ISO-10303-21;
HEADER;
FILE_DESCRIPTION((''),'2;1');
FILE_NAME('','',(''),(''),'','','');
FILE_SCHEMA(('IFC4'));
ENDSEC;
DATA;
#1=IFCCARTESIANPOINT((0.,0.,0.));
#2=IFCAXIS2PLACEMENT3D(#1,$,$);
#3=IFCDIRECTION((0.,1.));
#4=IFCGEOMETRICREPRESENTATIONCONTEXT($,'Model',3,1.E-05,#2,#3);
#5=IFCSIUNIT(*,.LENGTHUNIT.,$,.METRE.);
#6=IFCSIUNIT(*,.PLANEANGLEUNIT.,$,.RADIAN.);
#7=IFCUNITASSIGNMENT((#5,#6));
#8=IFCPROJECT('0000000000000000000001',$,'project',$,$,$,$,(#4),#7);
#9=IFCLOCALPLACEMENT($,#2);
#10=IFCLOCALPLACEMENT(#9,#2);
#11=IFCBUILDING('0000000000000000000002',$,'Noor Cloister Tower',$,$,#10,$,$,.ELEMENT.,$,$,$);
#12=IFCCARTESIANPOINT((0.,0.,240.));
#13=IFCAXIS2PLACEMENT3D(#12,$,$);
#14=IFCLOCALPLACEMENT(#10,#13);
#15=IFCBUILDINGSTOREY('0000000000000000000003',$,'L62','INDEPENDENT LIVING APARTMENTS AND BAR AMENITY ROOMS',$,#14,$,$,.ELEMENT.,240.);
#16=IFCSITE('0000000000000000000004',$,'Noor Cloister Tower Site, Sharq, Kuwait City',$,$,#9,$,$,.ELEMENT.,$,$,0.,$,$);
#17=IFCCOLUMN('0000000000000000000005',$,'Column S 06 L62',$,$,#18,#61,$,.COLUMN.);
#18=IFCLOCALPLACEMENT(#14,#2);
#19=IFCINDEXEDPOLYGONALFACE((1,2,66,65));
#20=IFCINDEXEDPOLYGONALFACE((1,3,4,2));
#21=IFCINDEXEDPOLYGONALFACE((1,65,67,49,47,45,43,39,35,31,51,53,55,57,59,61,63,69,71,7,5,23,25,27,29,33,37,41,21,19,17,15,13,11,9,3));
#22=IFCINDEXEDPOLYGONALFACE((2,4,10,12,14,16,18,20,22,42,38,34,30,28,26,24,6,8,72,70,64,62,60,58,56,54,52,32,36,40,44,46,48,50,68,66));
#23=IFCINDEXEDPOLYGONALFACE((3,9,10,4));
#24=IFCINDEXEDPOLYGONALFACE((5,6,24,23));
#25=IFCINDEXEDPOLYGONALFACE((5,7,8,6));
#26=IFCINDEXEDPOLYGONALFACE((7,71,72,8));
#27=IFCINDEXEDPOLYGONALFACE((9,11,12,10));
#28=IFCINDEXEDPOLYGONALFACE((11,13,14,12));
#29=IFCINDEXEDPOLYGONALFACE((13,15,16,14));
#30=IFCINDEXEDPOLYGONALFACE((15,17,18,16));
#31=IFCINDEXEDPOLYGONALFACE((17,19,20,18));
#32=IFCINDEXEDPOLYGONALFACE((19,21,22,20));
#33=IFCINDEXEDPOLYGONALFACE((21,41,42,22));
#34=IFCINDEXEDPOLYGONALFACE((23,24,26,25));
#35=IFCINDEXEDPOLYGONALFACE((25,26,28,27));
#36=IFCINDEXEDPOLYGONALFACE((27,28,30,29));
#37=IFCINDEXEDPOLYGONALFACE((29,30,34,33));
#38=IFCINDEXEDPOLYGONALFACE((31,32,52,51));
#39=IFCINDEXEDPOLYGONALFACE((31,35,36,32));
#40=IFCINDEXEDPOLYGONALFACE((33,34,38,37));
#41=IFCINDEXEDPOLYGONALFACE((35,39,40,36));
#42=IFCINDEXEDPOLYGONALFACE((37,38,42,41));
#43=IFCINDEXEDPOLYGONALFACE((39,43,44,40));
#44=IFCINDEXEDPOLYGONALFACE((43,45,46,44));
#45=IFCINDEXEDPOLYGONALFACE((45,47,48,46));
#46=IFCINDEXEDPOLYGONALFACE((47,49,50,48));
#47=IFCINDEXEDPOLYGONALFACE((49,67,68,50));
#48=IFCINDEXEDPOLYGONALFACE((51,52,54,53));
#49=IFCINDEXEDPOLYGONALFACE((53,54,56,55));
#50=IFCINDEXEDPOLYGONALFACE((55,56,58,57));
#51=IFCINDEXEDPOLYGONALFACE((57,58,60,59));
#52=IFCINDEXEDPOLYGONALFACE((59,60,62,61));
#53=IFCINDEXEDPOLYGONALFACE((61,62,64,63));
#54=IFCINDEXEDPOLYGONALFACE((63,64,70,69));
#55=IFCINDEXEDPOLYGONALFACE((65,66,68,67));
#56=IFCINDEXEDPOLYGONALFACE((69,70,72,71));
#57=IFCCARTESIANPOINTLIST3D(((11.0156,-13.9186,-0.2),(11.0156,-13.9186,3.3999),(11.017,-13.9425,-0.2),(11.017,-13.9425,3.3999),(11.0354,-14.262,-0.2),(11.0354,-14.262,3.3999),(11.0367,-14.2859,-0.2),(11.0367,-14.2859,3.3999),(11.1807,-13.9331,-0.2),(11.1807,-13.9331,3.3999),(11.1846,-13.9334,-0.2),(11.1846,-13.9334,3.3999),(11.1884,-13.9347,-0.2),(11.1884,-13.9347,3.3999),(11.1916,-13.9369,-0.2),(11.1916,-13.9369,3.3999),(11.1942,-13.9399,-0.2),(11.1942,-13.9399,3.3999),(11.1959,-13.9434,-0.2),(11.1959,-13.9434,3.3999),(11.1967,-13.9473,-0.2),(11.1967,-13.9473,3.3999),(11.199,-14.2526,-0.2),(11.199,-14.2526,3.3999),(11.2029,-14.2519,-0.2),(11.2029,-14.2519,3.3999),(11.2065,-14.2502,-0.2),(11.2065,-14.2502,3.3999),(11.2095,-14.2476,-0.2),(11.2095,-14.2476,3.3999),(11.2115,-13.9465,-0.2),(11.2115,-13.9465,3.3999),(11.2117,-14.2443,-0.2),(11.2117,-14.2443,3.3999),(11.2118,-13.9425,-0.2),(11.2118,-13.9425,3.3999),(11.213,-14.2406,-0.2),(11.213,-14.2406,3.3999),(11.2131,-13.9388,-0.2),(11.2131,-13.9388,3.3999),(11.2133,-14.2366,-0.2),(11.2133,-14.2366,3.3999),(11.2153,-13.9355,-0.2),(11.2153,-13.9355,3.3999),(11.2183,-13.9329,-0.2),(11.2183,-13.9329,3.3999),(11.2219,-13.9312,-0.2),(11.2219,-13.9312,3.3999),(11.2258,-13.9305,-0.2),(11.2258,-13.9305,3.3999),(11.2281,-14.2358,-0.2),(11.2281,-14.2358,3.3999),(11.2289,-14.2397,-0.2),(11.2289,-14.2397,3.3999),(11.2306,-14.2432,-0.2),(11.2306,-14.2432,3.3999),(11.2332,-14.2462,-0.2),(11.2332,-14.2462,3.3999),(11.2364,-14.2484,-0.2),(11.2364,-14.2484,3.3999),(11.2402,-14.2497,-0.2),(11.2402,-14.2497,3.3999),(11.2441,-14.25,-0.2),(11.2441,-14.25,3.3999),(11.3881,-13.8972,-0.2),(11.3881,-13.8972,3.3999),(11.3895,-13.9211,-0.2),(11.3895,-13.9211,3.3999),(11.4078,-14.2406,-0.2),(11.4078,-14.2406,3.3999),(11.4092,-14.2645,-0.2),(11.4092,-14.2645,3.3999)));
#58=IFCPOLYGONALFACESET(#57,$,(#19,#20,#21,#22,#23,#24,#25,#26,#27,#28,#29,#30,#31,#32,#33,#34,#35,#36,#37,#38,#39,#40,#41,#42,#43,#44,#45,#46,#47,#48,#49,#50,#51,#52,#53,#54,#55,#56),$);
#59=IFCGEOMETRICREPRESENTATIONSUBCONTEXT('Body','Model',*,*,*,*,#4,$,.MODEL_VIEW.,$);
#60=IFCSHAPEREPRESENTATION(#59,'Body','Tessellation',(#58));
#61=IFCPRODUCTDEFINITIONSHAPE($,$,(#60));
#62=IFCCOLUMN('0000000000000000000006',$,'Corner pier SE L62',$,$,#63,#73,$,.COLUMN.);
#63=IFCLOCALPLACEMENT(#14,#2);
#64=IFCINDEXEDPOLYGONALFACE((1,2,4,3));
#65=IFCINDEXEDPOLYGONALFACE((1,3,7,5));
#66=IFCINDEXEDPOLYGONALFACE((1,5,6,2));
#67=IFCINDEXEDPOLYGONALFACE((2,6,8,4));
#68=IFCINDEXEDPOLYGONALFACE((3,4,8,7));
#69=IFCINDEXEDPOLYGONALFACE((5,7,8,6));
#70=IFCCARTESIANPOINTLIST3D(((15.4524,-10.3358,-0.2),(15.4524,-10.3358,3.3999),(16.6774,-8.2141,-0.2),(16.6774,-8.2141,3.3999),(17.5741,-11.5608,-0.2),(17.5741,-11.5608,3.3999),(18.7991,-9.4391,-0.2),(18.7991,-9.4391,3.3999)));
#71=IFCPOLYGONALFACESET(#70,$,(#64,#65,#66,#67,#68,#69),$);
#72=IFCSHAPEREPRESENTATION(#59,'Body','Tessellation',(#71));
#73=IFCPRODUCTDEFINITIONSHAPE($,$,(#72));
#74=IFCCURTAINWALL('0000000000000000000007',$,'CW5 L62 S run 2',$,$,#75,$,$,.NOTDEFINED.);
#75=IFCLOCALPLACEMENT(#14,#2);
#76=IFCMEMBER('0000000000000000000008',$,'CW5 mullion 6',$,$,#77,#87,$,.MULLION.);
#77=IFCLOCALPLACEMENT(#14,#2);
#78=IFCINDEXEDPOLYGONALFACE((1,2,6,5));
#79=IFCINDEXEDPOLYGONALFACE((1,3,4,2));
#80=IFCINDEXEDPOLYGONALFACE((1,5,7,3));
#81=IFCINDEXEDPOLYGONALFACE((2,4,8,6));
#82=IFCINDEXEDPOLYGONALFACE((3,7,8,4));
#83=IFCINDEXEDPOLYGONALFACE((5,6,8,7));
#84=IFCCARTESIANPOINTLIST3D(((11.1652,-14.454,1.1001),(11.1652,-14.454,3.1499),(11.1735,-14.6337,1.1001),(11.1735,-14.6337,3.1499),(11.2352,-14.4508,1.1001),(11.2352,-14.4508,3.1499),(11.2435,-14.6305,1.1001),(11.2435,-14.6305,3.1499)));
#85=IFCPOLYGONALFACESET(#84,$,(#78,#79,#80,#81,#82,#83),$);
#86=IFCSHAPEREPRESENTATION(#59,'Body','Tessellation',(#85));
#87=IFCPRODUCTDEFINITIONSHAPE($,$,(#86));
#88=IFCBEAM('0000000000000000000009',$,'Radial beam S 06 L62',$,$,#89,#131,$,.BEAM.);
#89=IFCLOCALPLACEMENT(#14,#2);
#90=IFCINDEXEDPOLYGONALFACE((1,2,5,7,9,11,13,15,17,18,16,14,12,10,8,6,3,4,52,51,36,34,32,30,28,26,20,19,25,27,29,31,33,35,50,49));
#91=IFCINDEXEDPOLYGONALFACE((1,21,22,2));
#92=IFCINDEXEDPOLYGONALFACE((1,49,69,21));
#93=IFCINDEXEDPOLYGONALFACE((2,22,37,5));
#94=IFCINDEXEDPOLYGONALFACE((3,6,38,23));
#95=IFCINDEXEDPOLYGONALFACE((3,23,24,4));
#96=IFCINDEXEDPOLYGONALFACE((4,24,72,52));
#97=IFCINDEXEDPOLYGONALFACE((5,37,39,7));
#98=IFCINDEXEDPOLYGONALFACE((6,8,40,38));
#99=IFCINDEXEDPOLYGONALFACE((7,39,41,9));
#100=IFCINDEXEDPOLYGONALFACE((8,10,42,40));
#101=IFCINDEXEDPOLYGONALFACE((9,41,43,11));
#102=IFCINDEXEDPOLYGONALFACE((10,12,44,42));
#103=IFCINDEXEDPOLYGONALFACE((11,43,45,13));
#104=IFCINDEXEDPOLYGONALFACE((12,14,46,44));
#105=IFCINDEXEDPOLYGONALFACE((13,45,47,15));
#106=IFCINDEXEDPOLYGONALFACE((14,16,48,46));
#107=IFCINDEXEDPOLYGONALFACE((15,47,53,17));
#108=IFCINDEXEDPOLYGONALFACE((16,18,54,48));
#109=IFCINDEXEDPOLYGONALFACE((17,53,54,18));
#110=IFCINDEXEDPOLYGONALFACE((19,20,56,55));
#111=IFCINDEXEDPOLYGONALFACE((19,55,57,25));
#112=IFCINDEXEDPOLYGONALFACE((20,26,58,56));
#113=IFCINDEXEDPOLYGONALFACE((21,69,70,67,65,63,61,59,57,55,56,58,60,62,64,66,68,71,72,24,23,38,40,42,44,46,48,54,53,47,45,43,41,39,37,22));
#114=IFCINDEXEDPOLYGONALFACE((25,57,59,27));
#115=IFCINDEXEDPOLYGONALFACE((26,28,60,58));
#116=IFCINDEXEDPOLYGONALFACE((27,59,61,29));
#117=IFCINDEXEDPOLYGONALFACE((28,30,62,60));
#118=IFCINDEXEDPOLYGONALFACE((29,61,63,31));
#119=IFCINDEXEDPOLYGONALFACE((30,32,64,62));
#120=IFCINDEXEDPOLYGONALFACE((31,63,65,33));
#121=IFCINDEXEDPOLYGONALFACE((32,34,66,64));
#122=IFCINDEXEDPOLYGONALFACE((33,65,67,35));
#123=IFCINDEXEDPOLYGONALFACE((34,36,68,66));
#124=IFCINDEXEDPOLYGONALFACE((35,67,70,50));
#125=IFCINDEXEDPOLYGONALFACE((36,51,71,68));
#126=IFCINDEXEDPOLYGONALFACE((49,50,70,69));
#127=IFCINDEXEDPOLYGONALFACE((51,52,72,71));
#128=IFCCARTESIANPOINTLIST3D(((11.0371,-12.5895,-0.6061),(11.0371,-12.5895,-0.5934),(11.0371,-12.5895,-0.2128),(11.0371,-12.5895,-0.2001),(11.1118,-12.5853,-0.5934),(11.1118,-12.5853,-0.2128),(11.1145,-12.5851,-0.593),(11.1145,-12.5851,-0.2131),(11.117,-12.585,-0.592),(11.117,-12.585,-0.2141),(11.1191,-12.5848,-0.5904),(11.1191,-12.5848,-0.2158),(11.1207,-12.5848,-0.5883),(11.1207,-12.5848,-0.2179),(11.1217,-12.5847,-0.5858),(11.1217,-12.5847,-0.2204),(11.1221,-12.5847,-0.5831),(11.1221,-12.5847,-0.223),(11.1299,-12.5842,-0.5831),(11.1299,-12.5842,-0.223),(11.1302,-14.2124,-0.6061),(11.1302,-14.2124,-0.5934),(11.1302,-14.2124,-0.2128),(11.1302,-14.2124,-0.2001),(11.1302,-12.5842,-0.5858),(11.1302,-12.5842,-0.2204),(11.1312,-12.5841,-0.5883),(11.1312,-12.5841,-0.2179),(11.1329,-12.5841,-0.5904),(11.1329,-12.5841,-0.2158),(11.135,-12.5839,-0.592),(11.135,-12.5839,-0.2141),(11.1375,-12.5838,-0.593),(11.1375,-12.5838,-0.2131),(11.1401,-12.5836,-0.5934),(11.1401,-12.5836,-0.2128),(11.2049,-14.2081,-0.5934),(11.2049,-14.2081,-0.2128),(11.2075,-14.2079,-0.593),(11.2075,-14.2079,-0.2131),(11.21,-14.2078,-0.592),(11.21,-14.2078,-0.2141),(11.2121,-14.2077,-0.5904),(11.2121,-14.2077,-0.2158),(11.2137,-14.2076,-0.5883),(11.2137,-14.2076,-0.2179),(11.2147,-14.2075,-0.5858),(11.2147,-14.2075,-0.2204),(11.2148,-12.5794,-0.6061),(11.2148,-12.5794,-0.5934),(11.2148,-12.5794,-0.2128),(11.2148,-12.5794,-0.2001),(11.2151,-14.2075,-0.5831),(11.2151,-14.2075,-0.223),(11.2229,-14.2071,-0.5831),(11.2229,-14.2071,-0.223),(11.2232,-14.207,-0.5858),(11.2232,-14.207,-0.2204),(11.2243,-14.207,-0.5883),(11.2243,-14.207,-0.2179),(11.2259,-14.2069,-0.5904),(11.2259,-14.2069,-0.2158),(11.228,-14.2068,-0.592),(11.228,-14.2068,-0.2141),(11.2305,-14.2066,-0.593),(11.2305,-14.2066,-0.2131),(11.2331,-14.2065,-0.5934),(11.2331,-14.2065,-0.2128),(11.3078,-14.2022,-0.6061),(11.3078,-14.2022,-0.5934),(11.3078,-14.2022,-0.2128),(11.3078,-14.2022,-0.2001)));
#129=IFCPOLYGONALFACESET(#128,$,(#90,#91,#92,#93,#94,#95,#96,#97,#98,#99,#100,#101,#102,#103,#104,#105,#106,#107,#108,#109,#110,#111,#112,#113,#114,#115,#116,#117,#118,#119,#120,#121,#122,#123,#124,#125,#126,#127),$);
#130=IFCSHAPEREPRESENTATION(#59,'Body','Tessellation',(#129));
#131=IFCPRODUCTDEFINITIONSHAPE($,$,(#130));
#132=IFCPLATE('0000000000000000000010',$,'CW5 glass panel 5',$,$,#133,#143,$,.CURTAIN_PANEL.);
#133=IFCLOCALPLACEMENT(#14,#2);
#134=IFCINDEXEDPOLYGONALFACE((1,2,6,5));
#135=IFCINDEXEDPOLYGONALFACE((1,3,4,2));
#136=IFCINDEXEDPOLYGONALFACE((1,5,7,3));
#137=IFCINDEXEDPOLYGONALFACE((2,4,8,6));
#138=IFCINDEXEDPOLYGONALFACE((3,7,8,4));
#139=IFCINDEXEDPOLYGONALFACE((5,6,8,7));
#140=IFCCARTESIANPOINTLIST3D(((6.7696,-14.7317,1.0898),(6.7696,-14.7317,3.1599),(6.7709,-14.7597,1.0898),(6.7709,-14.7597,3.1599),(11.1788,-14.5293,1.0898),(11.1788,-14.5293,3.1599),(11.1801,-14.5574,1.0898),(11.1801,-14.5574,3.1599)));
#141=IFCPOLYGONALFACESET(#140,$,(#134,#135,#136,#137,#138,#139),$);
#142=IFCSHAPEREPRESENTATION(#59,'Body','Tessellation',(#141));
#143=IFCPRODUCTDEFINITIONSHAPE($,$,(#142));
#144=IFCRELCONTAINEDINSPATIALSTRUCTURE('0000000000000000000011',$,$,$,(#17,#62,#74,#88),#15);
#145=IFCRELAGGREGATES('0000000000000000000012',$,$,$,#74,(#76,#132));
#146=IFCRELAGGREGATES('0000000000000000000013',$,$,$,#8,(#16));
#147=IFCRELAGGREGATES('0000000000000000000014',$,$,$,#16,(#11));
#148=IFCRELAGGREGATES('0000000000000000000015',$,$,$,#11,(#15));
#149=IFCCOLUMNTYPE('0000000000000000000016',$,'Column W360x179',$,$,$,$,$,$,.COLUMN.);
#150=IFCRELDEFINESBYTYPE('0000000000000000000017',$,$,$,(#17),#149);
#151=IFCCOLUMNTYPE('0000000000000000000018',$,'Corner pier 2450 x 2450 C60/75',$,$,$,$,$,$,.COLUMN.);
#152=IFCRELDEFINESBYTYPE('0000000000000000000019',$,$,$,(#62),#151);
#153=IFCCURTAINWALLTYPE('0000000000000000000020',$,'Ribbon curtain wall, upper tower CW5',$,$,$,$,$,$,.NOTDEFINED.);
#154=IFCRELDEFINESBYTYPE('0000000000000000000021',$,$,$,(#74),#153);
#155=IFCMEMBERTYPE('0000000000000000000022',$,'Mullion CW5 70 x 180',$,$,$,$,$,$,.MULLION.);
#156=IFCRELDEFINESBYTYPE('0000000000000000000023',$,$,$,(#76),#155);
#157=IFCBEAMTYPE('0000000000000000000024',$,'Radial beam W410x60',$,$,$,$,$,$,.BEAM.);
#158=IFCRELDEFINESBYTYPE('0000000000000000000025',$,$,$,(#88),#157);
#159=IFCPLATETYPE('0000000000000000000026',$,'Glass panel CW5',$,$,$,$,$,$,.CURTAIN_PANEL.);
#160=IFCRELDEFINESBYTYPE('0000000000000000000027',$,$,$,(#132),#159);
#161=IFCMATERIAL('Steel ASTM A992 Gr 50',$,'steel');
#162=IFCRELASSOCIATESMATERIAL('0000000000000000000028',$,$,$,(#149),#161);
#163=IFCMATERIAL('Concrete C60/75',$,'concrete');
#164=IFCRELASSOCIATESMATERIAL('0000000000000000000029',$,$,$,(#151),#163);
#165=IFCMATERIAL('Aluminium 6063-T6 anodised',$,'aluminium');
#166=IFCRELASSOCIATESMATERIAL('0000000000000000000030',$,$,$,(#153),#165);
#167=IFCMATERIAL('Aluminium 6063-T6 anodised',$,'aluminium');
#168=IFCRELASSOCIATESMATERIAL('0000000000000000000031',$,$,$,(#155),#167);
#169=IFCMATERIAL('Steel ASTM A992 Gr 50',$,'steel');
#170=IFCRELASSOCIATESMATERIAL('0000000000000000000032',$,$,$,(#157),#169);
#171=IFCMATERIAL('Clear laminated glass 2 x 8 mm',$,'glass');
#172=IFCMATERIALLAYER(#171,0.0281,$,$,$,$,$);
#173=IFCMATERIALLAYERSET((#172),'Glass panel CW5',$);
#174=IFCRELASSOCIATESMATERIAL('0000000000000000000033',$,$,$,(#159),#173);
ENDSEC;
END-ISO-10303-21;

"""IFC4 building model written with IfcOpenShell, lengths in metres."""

from ifc_helpers import new_model, si_unit, direction, frame, origin, origin_2d, place, context, subcontext, project, spatial, rectangle, i_section, extrude, material, layer, layer_set, material_profile, profile_set, type_object, element, aggregate, save


model = new_model("IFC4")

# Units and contexts
model_context = context("Model", 3, precision=1e-05, world=origin(), true_north=direction((0.0, 1.0)))
body_context = subcontext(model_context, "Body", "Model", "MODEL_VIEW")
ifc_project = project(units=[si_unit("LENGTHUNIT", "METRE"), si_unit("PLANEANGLEUNIT", "RADIAN")], contexts=[model_context])

# Site, building, storey
site_placement = place(None, origin())
site = spatial("IfcSite", under=ifc_project, at=site_placement, Name="Noor Cloister Tower Site, Sharq, Kuwait City", CompositionType="ELEMENT", RefElevation=0.0)
building_placement = place(site_placement, origin())
building = spatial("IfcBuilding", under=site, at=building_placement, Name="Noor Cloister Tower", CompositionType="ELEMENT")
storey_placement = place(building_placement, frame((0.0, 0.0, 240.0)))
storey = spatial("IfcBuildingStorey", under=building, at=storey_placement, Name="L62", Description="INDEPENDENT LIVING APARTMENTS AND BAR AMENITY ROOMS", CompositionType="ELEMENT", Elevation=240.0)

# Columns
ifc_material_1 = material(Name="Steel ASTM A992 Gr 50", Category="steel")
ifc_material_profile_1 = material_profile(ifc_material_1, i_section(OverallWidth=0.373, OverallDepth=0.3679, WebThickness=0.0149, FlangeThickness=0.0239, FilletRadius=0.0151, at=origin_2d()), Name="W360x179")
ifc_profile_set_1 = profile_set([ifc_material_profile_1], Name="Steel ASTM A992 Gr 50")
column_type_1 = type_object("IfcColumnType", Name="Column W360x179", PredefinedType="COLUMN", material=ifc_profile_set_1)
column_1_placement = place(storey_placement, frame((11.2124, -14.0916, -0.2), z_axis=(0.0, 0.0, 1.0), x_axis=(0.998358, 0.057286, 0.0)))
element("IfcColumn", 1, at=column_1_placement, inside=storey, type_object=column_type_1, Name="Column S 06 L62", PredefinedType="COLUMN", context=body_context, shape_type="SweptSolid", body=[
    extrude(i_section(OverallWidth=0.373, OverallDepth=0.3679, WebThickness=0.0149, FlangeThickness=0.0239, FilletRadius=0.0151, at=origin_2d()), origin(), (0.0, 0.0, 1.0), 3.5999),
])
ifc_material_2 = material(Name="Concrete C60/75", Category="concrete")
ifc_material_profile_2 = material_profile(ifc_material_2, rectangle(XDim=2.45, YDim=2.45, at=origin_2d()), Name="RC 2450x2450")
ifc_profile_set_2 = profile_set([ifc_material_profile_2], Name="Concrete C60/75")
column_type_2 = type_object("IfcColumnType", Name="Corner pier 2450 x 2450 C60/75", PredefinedType="COLUMN", material=ifc_profile_set_2)
column_2_placement = place(storey_placement, frame((17.1257, -9.8875, -0.2), z_axis=(0.0, 0.0, 1.0), x_axis=(0.866025, -0.5, 0.0)))
element("IfcColumn", 2, at=column_2_placement, inside=storey, type_object=column_type_2, Name="Corner pier SE L62", PredefinedType="COLUMN", context=body_context, shape_type="SweptSolid", body=[
    extrude(rectangle(XDim=2.45, YDim=2.45, at=origin_2d()), origin(), (0.0, 0.0, 1.0), 3.5999),
])

# Curtain wall, member
ifc_material_3 = material(Name="Aluminium 6063-T6 anodised", Category="aluminium")
curtain_wall_type = type_object("IfcCurtainWallType", Name="Ribbon curtain wall, upper tower CW5", PredefinedType="NOTDEFINED", material=ifc_material_3)
curtain_wall_placement = place(storey_placement, origin())
curtain_wall = element("IfcCurtainWall", 3, at=curtain_wall_placement, inside=storey, type_object=curtain_wall_type, Name="CW5 L62 S run 2", PredefinedType="NOTDEFINED")
ifc_material_4 = material(Name="Aluminium 6063-T6 anodised", Category="aluminium")
ifc_material_profile_3 = material_profile(ifc_material_4, rectangle(XDim=0.1799, YDim=0.0701, at=origin_2d()), Name="180 x 70 mullion")
ifc_profile_set_3 = profile_set([ifc_material_profile_3], Name="Aluminium 6063-T6 anodised")
member_type = type_object("IfcMemberType", Name="Mullion CW5 70 x 180", PredefinedType="MULLION", material=ifc_profile_set_3)
member_placement = place(storey_placement, frame((11.2043, -14.5422, 1.1001), z_axis=(0.0, 0.0, 1.0), x_axis=(-0.045838, 0.998949, 0.0)))
member = element("IfcMember", 4, at=member_placement, type_object=member_type, Name="CW5 mullion 6", PredefinedType="MULLION", context=body_context, shape_type="SweptSolid", body=[
    extrude(rectangle(XDim=0.1799, YDim=0.0701, at=origin_2d()), origin(), (0.0, 0.0, 1.0), 2.0498),
])

# Beam
ifc_material_5 = material(Name="Steel ASTM A992 Gr 50", Category="steel")
ifc_material_profile_4 = material_profile(ifc_material_5, i_section(OverallWidth=0.178, OverallDepth=0.406, WebThickness=0.0078, FlangeThickness=0.0127, FilletRadius=0.0103, at=origin_2d()), Name="W410x60")
ifc_profile_set_4 = profile_set([ifc_material_profile_4], Name="Steel ASTM A992 Gr 50")
beam_type = type_object("IfcBeamType", Name="Radial beam W410x60", PredefinedType="BEAM", material=ifc_profile_set_4)
beam_placement = place(storey_placement, frame((11.219, -14.2073, -0.4031), z_axis=(-0.057225, 0.998361, 0.0), x_axis=(-0.998361, -0.057225, 0.0)))
element("IfcBeam", 5, at=beam_placement, inside=storey, type_object=beam_type, Name="Radial beam S 06 L62", PredefinedType="BEAM", context=body_context, shape_type="SweptSolid", body=[
    extrude(i_section(OverallWidth=0.178, OverallDepth=0.406, WebThickness=0.0078, FlangeThickness=0.0127, FilletRadius=0.0103, at=origin_2d()), origin(), (0.0, 0.0, 1.0), 1.6255),
])

# Plate
ifc_material_6 = material(Name="Clear laminated glass 2 x 8 mm", Category="glass")
ifc_layer_1 = layer(ifc_material_6, 0.0281)
ifc_layer_set_1 = layer_set([ifc_layer_1], Name="Glass panel CW5")
plate_type = type_object("IfcPlateType", Name="Glass panel CW5", PredefinedType="CURTAIN_PANEL", material=ifc_layer_set_1)
plate_placement = place(storey_placement, frame((8.9749, -14.6445, 1.0898), z_axis=(0.0, 0.0, 1.0), x_axis=(0.998949, 0.045838, 0.0)))
plate = element("IfcPlate", 6, at=plate_placement, type_object=plate_type, Name="CW5 glass panel 5", PredefinedType="CURTAIN_PANEL", context=body_context, shape_type="SweptSolid", body=[
    extrude(rectangle(XDim=4.4138, YDim=0.0281, at=origin_2d()), origin(), (0.0, 0.0, 1.0), 2.0701),
])
aggregate(curtain_wall, [member, plate])

save(model, "model.ifc")
